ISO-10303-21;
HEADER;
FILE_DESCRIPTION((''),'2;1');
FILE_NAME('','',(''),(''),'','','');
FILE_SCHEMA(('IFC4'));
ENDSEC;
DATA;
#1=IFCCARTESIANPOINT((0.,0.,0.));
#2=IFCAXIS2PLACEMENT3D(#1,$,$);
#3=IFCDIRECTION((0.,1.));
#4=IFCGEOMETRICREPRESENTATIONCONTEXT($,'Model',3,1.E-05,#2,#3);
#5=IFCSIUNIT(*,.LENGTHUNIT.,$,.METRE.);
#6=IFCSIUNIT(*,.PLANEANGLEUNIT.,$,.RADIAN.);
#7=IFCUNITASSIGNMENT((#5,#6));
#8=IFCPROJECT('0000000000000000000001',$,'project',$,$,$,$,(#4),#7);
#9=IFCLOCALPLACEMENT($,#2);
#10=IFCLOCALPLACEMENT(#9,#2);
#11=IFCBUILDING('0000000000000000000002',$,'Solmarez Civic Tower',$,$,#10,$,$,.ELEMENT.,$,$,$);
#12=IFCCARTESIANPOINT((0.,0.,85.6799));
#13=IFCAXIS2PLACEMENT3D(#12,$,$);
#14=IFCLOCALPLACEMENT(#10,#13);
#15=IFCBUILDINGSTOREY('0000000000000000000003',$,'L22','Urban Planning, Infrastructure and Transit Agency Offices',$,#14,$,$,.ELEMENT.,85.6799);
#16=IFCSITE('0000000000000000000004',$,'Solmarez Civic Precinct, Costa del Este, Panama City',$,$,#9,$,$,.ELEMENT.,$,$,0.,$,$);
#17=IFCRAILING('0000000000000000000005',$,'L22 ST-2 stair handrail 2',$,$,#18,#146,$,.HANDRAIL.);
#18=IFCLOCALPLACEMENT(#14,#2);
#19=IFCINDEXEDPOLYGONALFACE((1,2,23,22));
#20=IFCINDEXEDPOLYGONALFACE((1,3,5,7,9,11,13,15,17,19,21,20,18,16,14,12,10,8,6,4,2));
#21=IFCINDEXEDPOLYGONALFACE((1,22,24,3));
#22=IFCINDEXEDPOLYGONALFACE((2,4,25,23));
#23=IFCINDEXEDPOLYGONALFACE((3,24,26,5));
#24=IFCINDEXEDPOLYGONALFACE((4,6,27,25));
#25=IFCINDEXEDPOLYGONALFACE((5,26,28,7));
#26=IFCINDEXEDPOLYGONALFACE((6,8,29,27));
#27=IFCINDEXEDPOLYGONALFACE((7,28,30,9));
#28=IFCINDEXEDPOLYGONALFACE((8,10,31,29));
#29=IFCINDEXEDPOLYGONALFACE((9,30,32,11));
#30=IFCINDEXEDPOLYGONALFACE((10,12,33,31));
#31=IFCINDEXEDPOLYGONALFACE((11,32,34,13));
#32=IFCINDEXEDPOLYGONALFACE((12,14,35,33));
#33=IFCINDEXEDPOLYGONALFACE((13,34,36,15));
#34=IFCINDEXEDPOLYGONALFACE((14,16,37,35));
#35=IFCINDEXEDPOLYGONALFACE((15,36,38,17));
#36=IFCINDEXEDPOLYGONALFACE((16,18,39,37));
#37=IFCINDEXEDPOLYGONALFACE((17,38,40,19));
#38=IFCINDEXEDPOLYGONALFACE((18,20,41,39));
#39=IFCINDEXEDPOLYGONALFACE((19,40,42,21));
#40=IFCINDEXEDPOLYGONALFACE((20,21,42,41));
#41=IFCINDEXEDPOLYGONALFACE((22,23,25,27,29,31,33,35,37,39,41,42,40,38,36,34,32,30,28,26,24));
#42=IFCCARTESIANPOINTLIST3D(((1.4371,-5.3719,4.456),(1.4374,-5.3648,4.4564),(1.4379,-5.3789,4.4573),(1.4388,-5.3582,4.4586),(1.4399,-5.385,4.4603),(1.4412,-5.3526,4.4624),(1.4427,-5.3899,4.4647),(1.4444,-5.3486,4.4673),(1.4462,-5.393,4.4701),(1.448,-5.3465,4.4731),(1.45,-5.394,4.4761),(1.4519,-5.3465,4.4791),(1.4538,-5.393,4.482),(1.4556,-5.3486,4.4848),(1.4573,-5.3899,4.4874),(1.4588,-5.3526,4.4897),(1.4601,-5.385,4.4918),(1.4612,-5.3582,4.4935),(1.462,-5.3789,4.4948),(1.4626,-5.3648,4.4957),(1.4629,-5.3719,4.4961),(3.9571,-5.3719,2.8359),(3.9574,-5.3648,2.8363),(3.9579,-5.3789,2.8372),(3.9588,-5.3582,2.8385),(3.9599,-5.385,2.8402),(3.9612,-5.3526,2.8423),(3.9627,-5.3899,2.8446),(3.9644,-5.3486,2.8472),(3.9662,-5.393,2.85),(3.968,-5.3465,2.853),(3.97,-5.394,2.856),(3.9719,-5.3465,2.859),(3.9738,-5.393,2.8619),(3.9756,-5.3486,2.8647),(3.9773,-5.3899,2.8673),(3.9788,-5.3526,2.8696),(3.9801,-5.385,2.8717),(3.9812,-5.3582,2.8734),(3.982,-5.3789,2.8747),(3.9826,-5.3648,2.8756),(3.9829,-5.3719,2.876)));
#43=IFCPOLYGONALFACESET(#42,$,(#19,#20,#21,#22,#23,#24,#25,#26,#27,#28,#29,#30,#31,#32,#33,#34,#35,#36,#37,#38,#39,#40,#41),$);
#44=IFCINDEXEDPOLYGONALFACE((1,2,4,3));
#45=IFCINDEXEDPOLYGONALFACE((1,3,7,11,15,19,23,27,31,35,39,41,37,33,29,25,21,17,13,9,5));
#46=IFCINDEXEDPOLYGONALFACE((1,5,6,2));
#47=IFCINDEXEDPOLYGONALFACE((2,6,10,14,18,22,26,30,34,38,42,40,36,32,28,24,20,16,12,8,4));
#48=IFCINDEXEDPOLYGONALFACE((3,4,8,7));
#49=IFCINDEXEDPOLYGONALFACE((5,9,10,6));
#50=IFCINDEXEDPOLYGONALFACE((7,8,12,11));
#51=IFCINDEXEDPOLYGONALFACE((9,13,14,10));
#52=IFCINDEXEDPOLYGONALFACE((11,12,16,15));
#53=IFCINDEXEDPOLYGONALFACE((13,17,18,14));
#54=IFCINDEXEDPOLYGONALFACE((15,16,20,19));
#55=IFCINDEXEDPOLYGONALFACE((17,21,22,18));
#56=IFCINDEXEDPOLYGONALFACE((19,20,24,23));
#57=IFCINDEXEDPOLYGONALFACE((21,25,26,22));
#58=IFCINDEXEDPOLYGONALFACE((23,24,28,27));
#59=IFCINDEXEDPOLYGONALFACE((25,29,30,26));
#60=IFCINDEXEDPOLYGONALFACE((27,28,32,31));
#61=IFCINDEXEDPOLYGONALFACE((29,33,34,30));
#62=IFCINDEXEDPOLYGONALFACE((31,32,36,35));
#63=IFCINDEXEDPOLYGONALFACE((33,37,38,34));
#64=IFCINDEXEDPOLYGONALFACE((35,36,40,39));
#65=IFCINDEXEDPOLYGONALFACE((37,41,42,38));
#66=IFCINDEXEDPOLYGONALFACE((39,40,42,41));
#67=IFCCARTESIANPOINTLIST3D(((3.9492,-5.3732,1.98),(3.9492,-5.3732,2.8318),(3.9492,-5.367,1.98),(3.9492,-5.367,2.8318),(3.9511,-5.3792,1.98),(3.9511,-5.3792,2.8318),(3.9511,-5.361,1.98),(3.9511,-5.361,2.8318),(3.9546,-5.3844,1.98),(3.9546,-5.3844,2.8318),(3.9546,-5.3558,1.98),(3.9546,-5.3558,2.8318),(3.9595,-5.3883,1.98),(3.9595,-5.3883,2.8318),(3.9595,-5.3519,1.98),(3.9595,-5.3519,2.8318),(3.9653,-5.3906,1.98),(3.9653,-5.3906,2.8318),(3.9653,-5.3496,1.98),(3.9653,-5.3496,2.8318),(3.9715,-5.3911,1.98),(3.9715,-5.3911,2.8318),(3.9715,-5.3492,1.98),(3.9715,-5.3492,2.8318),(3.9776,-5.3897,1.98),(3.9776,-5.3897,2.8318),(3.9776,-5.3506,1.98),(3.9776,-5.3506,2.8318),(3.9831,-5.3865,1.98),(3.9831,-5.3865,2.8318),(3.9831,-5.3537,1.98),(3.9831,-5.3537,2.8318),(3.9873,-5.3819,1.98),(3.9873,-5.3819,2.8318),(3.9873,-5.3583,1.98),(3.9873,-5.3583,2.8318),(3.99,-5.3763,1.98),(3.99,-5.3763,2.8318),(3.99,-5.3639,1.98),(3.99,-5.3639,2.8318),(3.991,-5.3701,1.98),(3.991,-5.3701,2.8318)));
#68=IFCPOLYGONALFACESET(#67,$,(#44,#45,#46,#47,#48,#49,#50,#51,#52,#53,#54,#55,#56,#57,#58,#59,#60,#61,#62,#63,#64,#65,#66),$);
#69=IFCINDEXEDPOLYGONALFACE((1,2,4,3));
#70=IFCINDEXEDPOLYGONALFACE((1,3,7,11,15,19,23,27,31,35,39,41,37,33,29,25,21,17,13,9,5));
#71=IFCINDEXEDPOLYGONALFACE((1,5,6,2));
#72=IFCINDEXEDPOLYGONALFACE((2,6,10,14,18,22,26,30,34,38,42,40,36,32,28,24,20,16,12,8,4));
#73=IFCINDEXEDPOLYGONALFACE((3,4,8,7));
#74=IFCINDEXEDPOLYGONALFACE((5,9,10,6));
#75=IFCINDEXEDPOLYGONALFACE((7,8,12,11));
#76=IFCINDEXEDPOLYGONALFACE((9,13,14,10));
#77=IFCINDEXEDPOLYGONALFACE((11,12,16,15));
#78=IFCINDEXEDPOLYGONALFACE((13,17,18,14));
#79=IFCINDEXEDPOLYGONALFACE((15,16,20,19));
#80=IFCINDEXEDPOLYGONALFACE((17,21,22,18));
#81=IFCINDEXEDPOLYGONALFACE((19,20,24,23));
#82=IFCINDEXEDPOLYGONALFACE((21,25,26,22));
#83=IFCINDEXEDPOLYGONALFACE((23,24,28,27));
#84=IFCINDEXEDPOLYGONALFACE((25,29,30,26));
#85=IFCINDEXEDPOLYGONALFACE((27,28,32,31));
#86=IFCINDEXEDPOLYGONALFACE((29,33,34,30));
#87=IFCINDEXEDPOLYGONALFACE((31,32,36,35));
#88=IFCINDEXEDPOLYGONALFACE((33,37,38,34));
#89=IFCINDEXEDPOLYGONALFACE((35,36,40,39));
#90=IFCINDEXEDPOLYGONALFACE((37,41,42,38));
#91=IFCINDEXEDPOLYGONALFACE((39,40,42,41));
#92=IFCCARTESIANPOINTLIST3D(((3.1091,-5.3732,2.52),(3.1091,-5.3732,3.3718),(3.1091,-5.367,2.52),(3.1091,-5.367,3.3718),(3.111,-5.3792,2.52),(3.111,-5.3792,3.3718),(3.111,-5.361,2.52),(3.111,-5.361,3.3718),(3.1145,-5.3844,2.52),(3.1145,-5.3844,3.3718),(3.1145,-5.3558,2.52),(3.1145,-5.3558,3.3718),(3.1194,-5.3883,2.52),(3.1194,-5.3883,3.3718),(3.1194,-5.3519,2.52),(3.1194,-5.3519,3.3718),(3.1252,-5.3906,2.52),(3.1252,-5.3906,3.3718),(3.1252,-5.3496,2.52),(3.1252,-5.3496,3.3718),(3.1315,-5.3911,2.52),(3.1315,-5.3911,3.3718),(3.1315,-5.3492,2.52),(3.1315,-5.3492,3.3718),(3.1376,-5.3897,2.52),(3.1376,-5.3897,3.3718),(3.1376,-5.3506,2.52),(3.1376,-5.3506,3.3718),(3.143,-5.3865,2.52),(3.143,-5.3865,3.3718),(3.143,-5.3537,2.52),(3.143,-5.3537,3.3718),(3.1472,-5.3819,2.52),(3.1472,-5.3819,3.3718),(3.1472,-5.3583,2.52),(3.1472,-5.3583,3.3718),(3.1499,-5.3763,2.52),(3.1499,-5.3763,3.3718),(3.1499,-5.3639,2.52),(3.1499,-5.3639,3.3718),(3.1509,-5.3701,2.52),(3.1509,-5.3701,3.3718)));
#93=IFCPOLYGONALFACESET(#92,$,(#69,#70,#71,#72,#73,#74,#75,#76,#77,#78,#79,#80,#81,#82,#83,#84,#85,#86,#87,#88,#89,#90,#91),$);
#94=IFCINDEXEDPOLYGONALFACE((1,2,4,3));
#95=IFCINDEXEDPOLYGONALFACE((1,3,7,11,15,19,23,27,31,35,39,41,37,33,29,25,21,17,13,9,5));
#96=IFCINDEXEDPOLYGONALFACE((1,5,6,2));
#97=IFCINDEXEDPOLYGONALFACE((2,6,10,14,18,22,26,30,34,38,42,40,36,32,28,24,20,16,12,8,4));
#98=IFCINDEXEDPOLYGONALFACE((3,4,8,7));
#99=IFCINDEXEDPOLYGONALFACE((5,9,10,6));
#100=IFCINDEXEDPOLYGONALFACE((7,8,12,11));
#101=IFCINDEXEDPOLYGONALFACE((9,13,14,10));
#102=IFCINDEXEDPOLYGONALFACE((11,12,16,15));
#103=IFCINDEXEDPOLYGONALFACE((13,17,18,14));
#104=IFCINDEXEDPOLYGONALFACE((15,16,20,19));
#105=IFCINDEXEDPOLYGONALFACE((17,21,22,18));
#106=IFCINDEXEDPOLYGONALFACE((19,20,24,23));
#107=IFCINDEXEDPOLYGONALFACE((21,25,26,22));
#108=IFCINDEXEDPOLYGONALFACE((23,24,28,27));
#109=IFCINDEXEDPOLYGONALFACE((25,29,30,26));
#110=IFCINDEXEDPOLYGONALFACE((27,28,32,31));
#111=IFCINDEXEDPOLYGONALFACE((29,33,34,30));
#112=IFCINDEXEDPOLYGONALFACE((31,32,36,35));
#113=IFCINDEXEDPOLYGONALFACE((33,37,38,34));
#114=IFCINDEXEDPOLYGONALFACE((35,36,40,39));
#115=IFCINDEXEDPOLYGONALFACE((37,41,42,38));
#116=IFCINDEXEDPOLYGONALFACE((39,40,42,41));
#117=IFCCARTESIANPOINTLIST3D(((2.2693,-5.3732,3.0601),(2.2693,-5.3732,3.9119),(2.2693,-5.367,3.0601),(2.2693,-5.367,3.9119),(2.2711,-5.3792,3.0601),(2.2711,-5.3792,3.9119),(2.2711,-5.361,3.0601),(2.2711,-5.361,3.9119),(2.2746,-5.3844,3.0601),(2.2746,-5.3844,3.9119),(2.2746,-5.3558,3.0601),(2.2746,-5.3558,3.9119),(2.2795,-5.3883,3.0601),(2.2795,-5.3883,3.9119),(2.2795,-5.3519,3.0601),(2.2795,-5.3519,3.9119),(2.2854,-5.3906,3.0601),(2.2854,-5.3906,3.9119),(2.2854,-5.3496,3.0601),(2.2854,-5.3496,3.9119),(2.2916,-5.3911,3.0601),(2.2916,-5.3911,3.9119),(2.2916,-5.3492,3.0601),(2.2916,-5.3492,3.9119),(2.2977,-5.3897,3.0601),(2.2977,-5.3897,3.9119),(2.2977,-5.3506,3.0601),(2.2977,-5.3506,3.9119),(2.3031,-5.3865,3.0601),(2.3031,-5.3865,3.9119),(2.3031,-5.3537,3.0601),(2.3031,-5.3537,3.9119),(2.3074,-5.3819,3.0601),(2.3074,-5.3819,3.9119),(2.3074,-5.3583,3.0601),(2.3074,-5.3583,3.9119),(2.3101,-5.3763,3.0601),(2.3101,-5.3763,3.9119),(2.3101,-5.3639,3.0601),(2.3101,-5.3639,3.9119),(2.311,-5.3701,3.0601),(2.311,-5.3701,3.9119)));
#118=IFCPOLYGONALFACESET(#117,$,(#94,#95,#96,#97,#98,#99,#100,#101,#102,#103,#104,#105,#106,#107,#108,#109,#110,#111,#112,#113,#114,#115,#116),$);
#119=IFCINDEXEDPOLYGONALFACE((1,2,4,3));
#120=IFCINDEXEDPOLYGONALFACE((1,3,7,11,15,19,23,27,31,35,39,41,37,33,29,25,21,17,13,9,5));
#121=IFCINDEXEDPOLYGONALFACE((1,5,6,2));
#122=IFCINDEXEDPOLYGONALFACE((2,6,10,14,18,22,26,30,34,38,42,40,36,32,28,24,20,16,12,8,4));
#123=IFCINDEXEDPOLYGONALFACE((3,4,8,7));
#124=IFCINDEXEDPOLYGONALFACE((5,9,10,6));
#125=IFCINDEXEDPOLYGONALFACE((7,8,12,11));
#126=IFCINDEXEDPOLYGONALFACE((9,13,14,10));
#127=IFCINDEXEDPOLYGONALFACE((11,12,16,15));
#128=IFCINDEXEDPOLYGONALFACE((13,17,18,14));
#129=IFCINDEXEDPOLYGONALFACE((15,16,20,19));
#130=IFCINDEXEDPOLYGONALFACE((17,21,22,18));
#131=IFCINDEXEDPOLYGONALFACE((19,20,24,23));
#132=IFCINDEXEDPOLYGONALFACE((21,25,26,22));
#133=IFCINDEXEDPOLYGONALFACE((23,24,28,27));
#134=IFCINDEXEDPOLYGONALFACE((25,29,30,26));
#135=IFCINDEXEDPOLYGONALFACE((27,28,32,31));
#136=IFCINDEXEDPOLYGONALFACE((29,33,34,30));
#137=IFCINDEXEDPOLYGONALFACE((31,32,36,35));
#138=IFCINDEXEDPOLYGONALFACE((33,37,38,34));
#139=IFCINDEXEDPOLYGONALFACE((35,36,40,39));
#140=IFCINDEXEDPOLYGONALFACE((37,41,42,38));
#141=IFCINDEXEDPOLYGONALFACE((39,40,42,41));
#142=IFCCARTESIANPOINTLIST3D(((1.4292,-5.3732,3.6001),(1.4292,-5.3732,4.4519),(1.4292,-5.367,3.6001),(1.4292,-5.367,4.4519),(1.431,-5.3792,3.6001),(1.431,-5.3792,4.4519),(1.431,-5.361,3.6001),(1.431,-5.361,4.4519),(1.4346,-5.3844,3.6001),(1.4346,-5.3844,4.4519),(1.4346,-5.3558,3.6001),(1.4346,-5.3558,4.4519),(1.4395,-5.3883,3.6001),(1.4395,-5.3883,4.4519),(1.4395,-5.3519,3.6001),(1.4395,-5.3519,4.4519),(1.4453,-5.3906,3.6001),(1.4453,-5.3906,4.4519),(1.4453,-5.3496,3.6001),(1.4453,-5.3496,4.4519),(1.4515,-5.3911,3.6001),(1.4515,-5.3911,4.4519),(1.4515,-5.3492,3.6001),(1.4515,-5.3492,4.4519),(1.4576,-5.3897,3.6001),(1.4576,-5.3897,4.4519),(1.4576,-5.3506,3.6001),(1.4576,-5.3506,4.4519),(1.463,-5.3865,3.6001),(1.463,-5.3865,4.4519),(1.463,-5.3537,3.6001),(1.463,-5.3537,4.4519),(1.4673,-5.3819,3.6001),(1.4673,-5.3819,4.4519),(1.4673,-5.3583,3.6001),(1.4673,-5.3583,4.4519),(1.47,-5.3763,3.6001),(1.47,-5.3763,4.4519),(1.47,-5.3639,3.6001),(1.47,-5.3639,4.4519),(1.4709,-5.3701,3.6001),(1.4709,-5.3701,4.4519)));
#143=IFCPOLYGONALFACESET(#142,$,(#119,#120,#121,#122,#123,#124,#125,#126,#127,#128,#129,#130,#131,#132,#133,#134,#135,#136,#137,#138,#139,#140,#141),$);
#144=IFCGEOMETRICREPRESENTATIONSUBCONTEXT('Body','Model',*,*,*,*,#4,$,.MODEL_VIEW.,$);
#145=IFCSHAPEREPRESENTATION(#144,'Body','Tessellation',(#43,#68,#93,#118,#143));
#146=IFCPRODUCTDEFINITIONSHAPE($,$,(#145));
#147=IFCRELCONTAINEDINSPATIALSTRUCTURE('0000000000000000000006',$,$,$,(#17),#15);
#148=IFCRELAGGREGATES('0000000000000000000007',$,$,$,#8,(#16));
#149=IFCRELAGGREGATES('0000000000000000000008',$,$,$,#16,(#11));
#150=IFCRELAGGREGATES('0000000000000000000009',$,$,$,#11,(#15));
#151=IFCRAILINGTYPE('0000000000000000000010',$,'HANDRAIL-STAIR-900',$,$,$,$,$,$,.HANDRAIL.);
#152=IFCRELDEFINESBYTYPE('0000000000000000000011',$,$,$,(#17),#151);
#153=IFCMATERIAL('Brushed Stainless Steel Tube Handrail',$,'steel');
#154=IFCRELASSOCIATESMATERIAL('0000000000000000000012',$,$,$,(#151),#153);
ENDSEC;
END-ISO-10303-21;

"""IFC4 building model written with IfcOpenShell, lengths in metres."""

from ifc_helpers import new_model, si_unit, direction, frame, origin, origin_2d, place, context, subcontext, project, spatial, circle, extrude, material, type_object, element, save


model = new_model("IFC4")

# Units and contexts
model_context = context("Model", 3, precision=1e-05, world=origin(), true_north=direction((0.0, 1.0)))
body_context = subcontext(model_context, "Body", "Model", "MODEL_VIEW")
ifc_project = project(units=[si_unit("LENGTHUNIT", "METRE"), si_unit("PLANEANGLEUNIT", "RADIAN")], contexts=[model_context])

# Site, building, storey
site_placement = place(None, origin())
site = spatial("IfcSite", under=ifc_project, at=site_placement, Name="Solmarez Civic Precinct, Costa del Este, Panama City", CompositionType="ELEMENT", RefElevation=0.0)
building_placement = place(site_placement, origin())
building = spatial("IfcBuilding", under=site, at=building_placement, Name="Solmarez Civic Tower", CompositionType="ELEMENT")
storey_placement = place(building_placement, frame((0.0, 0.0, 85.6799)))
storey = spatial("IfcBuildingStorey", under=building, at=storey_placement, Name="L22", Description="Urban Planning, Infrastructure and Transit Agency Offices", CompositionType="ELEMENT", Elevation=85.6799)

# Railing
ifc_material_1 = material(Name="Brushed Stainless Steel Tube Handrail", Category="steel")
railing_type_1 = type_object("IfcRailingType", Name="HANDRAIL-STAIR-900", PredefinedType="HANDRAIL", material=ifc_material_1)
railing_1_placement = place(storey_placement, frame((3.97, -5.3701, 1.98)))
element("IfcRailing", 1, at=railing_1_placement, inside=storey, type_object=railing_type_1, Name="L22 ST-2 stair handrail 2", PredefinedType="HANDRAIL", context=body_context, shape_type="SweptSolid", body=[
    extrude(circle(Radius=0.0239, at=origin_2d()), frame((0.0, 0.0, 0.876), z_axis=(-0.841163, 0.0, 0.540782), x_axis=(0.0, -1.0, 0.0)), (0.0, 0.0, 1.0), 2.9958),
    extrude(circle(Radius=0.021, at=origin_2d()), origin(), (0.0, 0.0, 1.0), 0.8518),
    extrude(circle(Radius=0.021, at=origin_2d()), frame((-0.8401, 0.0, 0.54)), (0.0, 0.0, 1.0), 0.8518),
    extrude(circle(Radius=0.021, at=origin_2d()), frame((-1.6799, 0.0, 1.0801)), (0.0, 0.0, 1.0), 0.8518),
    extrude(circle(Radius=0.021, at=origin_2d()), frame((-2.52, 0.0, 1.6201)), (0.0, 0.0, 1.0), 0.8518),
])

save(model, "model.ifc")
